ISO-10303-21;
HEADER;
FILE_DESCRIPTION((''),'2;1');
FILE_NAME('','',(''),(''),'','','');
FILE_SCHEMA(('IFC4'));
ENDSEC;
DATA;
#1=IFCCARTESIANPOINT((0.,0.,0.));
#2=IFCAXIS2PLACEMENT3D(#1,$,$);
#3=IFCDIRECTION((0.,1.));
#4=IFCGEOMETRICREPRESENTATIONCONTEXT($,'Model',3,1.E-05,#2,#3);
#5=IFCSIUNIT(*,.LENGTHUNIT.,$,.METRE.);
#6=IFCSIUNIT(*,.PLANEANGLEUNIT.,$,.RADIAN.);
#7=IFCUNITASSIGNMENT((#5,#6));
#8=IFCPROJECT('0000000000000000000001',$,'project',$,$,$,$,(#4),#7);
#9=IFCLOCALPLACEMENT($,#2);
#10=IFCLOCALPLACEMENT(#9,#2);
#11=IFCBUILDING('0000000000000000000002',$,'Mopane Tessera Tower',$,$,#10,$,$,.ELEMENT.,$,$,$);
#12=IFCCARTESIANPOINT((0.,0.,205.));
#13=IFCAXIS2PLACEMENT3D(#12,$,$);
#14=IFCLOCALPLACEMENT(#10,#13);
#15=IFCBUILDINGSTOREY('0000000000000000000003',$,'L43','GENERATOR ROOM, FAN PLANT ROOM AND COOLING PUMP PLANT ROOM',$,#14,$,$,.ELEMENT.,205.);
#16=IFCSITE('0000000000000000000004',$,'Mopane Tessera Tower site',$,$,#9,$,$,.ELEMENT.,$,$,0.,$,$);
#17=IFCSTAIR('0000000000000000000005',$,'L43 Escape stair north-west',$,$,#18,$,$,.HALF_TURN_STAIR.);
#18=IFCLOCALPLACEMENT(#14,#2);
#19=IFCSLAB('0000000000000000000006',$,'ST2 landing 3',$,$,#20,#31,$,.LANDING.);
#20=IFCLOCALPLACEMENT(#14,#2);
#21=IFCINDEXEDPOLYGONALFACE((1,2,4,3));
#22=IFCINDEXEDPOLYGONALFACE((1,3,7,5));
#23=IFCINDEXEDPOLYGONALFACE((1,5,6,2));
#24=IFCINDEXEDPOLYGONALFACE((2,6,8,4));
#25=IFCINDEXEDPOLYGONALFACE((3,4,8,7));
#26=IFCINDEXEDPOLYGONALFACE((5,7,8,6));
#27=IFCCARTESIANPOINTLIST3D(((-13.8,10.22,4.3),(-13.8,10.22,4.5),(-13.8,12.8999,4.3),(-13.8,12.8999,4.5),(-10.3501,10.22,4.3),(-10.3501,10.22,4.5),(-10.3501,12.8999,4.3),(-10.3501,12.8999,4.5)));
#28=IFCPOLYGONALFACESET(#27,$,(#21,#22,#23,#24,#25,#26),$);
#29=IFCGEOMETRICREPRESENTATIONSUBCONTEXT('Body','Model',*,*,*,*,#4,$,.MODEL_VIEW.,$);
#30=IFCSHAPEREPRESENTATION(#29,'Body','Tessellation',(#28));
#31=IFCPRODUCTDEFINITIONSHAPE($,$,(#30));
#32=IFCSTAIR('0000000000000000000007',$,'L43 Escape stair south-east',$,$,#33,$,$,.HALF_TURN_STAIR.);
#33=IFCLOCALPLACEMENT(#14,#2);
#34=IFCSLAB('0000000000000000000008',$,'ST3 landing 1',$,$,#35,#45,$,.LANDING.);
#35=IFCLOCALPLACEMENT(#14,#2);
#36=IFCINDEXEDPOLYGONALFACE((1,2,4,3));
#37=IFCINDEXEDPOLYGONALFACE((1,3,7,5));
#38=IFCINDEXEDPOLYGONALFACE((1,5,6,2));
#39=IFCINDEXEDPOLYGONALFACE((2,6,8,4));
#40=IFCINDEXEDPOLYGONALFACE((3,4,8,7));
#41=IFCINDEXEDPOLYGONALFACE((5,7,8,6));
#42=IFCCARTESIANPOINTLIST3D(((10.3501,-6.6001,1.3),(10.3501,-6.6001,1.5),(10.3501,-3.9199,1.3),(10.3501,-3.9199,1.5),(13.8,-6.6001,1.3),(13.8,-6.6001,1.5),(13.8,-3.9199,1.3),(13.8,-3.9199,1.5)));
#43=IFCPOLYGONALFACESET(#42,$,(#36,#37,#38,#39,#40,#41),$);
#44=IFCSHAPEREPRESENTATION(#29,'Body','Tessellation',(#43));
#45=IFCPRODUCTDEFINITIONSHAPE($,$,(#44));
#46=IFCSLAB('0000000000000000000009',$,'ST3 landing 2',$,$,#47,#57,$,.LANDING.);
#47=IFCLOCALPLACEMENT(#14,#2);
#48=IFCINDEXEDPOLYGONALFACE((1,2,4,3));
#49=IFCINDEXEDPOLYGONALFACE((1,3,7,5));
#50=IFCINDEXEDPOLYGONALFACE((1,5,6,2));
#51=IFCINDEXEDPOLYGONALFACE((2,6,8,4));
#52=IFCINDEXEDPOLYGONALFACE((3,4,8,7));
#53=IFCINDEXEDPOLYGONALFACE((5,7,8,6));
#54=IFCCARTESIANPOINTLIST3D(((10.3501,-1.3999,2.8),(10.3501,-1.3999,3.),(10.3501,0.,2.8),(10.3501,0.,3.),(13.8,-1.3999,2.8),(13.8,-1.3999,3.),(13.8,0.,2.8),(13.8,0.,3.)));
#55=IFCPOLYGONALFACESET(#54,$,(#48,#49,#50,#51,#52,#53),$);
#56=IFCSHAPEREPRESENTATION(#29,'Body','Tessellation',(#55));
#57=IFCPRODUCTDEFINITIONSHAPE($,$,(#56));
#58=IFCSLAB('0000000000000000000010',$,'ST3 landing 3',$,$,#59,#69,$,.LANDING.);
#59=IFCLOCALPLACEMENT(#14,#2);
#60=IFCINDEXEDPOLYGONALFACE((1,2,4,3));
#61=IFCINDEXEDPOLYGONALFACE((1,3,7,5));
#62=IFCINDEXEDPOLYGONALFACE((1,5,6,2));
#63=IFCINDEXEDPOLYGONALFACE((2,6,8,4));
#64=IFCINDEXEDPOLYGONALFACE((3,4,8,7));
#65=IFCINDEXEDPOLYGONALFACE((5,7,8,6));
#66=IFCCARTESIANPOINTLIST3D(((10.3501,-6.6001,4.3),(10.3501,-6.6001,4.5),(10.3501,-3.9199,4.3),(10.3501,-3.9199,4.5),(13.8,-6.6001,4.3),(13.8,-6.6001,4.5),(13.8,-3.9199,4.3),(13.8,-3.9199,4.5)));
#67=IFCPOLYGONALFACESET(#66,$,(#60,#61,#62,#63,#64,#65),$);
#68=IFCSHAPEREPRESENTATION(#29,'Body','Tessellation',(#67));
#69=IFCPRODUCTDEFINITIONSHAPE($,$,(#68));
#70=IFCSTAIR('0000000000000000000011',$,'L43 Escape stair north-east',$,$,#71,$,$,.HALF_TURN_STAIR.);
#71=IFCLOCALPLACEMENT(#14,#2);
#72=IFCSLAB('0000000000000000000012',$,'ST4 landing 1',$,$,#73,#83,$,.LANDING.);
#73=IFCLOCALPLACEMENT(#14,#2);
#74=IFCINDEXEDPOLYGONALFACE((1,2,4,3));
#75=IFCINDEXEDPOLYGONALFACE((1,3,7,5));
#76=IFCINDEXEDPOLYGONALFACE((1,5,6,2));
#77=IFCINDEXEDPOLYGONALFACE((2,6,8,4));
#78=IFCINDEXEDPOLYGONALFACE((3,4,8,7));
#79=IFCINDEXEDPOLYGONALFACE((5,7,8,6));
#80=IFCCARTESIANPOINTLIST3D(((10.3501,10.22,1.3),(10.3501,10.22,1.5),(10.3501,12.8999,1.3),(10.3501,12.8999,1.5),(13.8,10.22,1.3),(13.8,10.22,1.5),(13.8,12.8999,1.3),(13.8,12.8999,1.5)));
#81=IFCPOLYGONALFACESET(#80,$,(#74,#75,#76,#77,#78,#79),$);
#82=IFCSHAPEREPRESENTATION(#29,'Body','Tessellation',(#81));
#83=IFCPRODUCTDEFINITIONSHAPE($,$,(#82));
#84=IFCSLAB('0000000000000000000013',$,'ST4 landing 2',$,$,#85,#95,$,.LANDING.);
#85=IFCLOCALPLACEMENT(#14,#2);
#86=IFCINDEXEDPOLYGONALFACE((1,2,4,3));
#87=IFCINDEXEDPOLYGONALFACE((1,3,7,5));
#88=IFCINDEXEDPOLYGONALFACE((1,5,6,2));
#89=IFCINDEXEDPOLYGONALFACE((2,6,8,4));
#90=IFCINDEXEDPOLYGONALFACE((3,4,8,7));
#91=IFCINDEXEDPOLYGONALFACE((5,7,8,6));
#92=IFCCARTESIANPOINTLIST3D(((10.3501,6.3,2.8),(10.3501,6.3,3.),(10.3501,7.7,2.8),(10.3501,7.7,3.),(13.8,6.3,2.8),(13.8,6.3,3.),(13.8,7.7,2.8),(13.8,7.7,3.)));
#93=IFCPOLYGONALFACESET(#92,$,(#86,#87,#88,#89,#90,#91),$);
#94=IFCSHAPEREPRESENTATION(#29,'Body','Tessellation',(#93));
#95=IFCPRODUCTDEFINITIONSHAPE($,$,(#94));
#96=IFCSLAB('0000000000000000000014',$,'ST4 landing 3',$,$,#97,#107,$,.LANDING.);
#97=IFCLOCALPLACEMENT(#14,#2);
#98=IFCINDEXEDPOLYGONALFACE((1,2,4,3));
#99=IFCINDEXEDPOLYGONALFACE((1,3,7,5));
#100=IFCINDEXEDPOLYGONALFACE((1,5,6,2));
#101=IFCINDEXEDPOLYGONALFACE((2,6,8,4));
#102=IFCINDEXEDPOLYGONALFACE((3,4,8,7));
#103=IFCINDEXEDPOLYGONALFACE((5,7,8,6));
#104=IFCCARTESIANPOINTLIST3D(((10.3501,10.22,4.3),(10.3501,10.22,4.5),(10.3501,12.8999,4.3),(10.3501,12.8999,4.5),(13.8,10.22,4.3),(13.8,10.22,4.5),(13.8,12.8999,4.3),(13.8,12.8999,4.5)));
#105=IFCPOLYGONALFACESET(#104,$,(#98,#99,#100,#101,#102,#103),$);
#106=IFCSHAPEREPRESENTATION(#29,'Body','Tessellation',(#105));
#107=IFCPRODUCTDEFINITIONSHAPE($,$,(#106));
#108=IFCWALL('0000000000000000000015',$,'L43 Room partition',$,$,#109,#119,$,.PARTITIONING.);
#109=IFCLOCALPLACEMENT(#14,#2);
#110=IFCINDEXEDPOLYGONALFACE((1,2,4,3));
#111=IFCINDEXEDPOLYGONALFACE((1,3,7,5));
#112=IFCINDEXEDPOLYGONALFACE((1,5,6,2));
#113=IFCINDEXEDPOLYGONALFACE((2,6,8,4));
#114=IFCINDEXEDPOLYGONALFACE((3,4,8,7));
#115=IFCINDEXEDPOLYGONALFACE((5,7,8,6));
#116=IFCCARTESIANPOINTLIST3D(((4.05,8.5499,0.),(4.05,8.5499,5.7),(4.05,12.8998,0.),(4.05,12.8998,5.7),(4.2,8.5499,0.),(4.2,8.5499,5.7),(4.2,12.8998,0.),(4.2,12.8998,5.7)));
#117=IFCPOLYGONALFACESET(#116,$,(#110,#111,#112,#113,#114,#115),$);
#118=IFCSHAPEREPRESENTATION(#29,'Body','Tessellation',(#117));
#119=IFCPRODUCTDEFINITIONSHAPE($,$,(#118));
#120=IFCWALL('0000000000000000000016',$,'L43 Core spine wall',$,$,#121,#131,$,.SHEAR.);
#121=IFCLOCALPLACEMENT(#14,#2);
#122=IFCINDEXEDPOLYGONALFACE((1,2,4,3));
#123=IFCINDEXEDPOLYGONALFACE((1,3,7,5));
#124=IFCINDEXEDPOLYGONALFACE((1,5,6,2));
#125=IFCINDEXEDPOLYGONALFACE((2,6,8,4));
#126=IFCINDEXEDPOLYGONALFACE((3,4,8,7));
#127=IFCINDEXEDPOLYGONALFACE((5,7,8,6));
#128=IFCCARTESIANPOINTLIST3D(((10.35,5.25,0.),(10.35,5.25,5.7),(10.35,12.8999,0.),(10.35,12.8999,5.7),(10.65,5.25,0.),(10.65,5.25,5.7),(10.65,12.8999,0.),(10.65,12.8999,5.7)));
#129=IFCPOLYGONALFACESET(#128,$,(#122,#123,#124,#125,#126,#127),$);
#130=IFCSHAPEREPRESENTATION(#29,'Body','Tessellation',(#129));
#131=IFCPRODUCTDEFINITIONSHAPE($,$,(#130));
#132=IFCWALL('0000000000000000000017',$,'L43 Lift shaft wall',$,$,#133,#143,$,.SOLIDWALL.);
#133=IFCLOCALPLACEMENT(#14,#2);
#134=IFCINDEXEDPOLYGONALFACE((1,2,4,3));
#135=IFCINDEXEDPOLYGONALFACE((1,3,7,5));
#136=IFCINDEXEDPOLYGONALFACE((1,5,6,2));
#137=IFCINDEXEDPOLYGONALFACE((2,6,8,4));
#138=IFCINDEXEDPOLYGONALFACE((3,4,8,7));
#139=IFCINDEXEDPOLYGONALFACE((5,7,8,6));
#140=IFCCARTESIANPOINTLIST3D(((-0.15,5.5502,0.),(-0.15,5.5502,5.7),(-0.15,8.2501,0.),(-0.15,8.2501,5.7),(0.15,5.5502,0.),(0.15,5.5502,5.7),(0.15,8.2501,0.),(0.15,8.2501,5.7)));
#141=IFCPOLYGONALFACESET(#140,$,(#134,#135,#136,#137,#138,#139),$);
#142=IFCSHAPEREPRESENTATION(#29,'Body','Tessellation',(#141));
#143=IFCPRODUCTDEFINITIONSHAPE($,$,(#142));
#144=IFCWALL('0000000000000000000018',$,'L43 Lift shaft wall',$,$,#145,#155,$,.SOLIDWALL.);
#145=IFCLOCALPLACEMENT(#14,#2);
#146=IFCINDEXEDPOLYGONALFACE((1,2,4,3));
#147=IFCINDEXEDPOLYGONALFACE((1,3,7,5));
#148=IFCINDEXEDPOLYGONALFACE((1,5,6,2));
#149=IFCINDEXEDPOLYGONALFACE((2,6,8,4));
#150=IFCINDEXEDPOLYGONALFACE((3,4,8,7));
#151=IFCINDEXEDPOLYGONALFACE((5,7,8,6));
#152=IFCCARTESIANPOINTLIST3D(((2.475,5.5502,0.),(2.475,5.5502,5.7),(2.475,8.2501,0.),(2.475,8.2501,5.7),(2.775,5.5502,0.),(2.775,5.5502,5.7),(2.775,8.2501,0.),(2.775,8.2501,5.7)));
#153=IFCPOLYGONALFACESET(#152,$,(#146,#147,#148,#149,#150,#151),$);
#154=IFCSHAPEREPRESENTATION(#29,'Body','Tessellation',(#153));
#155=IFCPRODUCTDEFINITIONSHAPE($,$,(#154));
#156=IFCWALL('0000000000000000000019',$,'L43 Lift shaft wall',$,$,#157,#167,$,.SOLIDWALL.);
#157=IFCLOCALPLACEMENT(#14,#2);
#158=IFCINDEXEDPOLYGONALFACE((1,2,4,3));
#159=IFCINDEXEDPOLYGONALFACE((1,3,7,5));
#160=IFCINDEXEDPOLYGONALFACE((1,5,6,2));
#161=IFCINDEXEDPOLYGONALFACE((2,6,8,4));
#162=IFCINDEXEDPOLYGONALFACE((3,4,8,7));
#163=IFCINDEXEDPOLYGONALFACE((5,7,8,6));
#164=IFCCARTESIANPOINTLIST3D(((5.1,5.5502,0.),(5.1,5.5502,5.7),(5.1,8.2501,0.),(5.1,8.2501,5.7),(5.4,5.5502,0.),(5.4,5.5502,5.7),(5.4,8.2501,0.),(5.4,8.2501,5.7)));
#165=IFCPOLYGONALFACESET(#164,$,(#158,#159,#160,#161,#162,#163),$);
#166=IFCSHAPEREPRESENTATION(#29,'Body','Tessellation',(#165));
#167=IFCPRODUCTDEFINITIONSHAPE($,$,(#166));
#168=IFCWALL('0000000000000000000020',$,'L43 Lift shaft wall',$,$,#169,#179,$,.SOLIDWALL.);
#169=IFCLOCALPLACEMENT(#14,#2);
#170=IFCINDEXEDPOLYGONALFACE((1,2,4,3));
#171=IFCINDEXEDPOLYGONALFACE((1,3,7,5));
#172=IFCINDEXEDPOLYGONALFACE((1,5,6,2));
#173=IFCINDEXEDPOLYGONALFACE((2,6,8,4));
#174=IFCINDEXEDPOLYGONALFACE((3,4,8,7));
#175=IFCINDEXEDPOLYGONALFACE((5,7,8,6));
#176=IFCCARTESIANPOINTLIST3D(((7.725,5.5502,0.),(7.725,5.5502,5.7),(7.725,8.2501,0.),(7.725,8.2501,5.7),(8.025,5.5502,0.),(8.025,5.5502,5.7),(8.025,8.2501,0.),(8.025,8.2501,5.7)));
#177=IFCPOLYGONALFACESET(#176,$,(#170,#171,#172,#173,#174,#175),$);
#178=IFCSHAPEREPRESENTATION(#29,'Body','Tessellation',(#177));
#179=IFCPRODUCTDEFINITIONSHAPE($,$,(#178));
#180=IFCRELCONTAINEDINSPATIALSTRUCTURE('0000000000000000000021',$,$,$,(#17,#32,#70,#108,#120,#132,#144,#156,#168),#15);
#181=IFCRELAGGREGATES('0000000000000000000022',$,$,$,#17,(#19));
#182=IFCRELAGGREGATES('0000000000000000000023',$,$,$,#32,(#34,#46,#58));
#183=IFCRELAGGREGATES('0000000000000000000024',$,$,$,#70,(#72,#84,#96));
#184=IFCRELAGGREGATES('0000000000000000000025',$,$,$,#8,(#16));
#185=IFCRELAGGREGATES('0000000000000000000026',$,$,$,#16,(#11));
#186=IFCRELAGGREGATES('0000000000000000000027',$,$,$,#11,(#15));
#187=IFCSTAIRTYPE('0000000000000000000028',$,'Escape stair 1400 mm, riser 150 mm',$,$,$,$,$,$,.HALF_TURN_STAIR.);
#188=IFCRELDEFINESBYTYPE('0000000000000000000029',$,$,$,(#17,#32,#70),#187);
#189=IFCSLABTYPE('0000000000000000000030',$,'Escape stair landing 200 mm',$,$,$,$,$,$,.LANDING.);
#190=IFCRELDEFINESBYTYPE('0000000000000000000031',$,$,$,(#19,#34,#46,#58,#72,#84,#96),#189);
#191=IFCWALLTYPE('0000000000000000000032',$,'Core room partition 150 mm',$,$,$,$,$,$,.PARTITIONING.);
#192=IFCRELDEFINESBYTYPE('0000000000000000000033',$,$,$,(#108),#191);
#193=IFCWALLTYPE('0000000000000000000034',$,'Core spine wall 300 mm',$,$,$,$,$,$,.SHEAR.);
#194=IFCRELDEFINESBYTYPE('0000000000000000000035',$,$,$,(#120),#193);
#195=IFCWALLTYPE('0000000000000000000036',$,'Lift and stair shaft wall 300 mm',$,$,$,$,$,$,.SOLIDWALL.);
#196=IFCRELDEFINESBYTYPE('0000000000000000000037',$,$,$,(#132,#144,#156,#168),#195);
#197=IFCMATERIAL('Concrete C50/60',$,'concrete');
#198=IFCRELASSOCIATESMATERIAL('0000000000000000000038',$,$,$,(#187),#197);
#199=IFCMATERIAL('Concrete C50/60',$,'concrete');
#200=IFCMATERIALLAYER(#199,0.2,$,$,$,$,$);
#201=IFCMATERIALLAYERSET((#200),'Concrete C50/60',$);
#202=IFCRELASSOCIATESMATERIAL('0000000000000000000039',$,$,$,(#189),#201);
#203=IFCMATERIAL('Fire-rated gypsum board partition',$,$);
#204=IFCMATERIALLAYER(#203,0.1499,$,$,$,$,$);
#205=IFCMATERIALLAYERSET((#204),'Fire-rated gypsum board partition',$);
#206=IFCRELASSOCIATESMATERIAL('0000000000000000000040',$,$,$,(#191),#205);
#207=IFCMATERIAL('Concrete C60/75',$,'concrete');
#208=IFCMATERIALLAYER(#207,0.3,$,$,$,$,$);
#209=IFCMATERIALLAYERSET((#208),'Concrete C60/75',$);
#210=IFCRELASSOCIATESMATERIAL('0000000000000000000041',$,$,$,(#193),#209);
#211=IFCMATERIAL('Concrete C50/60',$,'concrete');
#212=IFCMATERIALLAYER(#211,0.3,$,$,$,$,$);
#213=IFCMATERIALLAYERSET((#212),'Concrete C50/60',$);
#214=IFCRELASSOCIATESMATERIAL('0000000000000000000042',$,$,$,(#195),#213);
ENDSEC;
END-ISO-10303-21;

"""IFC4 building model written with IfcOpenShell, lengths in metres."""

from ifc_helpers import new_model, si_unit, direction, frame, frame_2d, origin, place, context, subcontext, project, spatial, polyline, rectangle, outline, extrude, material, layer, layer_set, type_object, element, aggregate, save


model = new_model("IFC4")

# Units and contexts
model_context = context("Model", 3, precision=1e-05, world=origin(), true_north=direction((0.0, 1.0)))
body_context = subcontext(model_context, "Body", "Model", "MODEL_VIEW")
ifc_project = project(units=[si_unit("LENGTHUNIT", "METRE"), si_unit("PLANEANGLEUNIT", "RADIAN")], contexts=[model_context])

# Site, building, storey
site_placement = place(None, origin())
site = spatial("IfcSite", under=ifc_project, at=site_placement, Name="Mopane Tessera Tower site", CompositionType="ELEMENT", RefElevation=0.0)
building_placement = place(site_placement, origin())
building = spatial("IfcBuilding", under=site, at=building_placement, Name="Mopane Tessera Tower", CompositionType="ELEMENT")
storey_placement = place(building_placement, frame((0.0, 0.0, 205.0)))
storey = spatial("IfcBuildingStorey", under=building, at=storey_placement, Name="L43", Description="GENERATOR ROOM, FAN PLANT ROOM AND COOLING PUMP PLANT ROOM", CompositionType="ELEMENT", Elevation=205.0)

# Stairs, slabs
ifc_material_1 = material(Name="Concrete C50/60", Category="concrete")
stair_type = type_object("IfcStairType", Name="Escape stair 1400 mm, riser 150 mm", PredefinedType="HALF_TURN_STAIR", material=ifc_material_1)
ifc_material_2 = material(Name="Concrete C50/60", Category="concrete")
ifc_layer_1 = layer(ifc_material_2, 0.2)
ifc_layer_set_1 = layer_set([ifc_layer_1], Name="Concrete C50/60")
slab_type_1 = type_object("IfcSlabType", Name="Escape stair landing 200 mm", PredefinedType="LANDING", material=ifc_layer_set_1)
stair_1_placement = place(storey_placement, origin())
stair_1 = element("IfcStair", 1, at=stair_1_placement, inside=storey, type_object=stair_type, Name="L43 Escape stair north-west", PredefinedType="HALF_TURN_STAIR")
slab_1_placement = place(storey_placement, frame((0.0, 0.0, 4.3)))
slab_1 = element("IfcSlab", 2, at=slab_1_placement, type_object=slab_type_1, Name="ST2 landing 3", PredefinedType="LANDING", context=body_context, shape_type="SweptSolid", body=[
    extrude(outline(polyline([(-10.3501, 10.22), (-10.3501, 12.8999), (-13.8, 12.8999), (-13.8, 10.22), (-10.3501, 10.22)])), origin(), (0.0, 0.0, 1.0), 0.2),
])
aggregate(stair_1, [slab_1])
stair_2_placement = place(storey_placement, origin())
stair_2 = element("IfcStair", 3, at=stair_2_placement, inside=storey, type_object=stair_type, Name="L43 Escape stair south-east", PredefinedType="HALF_TURN_STAIR")
slab_2_placement = place(storey_placement, frame((0.0, 0.0, 1.3)))
slab_2 = element("IfcSlab", 4, at=slab_2_placement, type_object=slab_type_1, Name="ST3 landing 1", PredefinedType="LANDING", context=body_context, shape_type="SweptSolid", body=[
    extrude(outline(polyline([(10.3501, -3.9199), (10.3501, -6.6001), (13.8, -6.6001), (13.8, -3.9199), (10.3501, -3.9199)])), origin(), (0.0, 0.0, 1.0), 0.2),
])
slab_3_placement = place(storey_placement, frame((0.0, 0.0, 2.8)))
slab_3 = element("IfcSlab", 5, at=slab_3_placement, type_object=slab_type_1, Name="ST3 landing 2", PredefinedType="LANDING", context=body_context, shape_type="SweptSolid", body=[
    extrude(outline(polyline([(10.3501, 0.0), (10.3501, -1.3999), (13.8, -1.3999), (13.8, 0.0), (10.3501, 0.0)])), origin(), (0.0, 0.0, 1.0), 0.2),
])
slab_4_placement = place(storey_placement, frame((0.0, 0.0, 4.3)))
slab_4 = element("IfcSlab", 6, at=slab_4_placement, type_object=slab_type_1, Name="ST3 landing 3", PredefinedType="LANDING", context=body_context, shape_type="SweptSolid", body=[
    extrude(outline(polyline([(10.3501, -3.9199), (10.3501, -6.6001), (13.8, -6.6001), (13.8, -3.9199), (10.3501, -3.9199)])), origin(), (0.0, 0.0, 1.0), 0.2),
])
aggregate(stair_2, [slab_2, slab_3, slab_4])
stair_3_placement = place(storey_placement, origin())
stair_3 = element("IfcStair", 7, at=stair_3_placement, inside=storey, type_object=stair_type, Name="L43 Escape stair north-east", PredefinedType="HALF_TURN_STAIR")
slab_5_placement = place(storey_placement, frame((0.0, 0.0, 1.3)))
slab_5 = element("IfcSlab", 8, at=slab_5_placement, type_object=slab_type_1, Name="ST4 landing 1", PredefinedType="LANDING", context=body_context, shape_type="SweptSolid", body=[
    extrude(outline(polyline([(13.8, 10.22), (13.8, 12.8999), (10.3501, 12.8999), (10.3501, 10.22), (13.8, 10.22)])), origin(), (0.0, 0.0, 1.0), 0.2),
])
slab_6_placement = place(storey_placement, frame((0.0, 0.0, 2.8)))
slab_6 = element("IfcSlab", 9, at=slab_6_placement, type_object=slab_type_1, Name="ST4 landing 2", PredefinedType="LANDING", context=body_context, shape_type="SweptSolid", body=[
    extrude(outline(polyline([(13.8, 6.3), (13.8, 7.7), (10.3501, 7.7), (10.3501, 6.3), (13.8, 6.3)])), origin(), (0.0, 0.0, 1.0), 0.2),
])
slab_7_placement = place(storey_placement, frame((0.0, 0.0, 4.3)))
slab_7 = element("IfcSlab", 10, at=slab_7_placement, type_object=slab_type_1, Name="ST4 landing 3", PredefinedType="LANDING", context=body_context, shape_type="SweptSolid", body=[
    extrude(outline(polyline([(13.8, 10.22), (13.8, 12.8999), (10.3501, 12.8999), (10.3501, 10.22), (13.8, 10.22)])), origin(), (0.0, 0.0, 1.0), 0.2),
])
aggregate(stair_3, [slab_5, slab_6, slab_7])

# Walls
ifc_material_3 = material(Name="Fire-rated gypsum board partition")
ifc_layer_2 = layer(ifc_material_3, 0.1499)
ifc_layer_set_2 = layer_set([ifc_layer_2], Name="Fire-rated gypsum board partition")
wall_type_1 = type_object("IfcWallType", Name="Core room partition 150 mm", PredefinedType="PARTITIONING", material=ifc_layer_set_2)
wall_1_placement = place(storey_placement, frame((4.125, 8.55, 0.0), z_axis=(0.0, 0.0, 1.0), x_axis=(0.0, 1.0, 0.0)))
element("IfcWall", 11, at=wall_1_placement, inside=storey, type_object=wall_type_1, Name="L43 Room partition", PredefinedType="PARTITIONING", context=body_context, shape_type="SweptSolid", body=[
    extrude(rectangle(XDim=4.3499, YDim=0.1499, at=frame_2d((2.1748, 0.0))), origin(), (0.0, 0.0, 1.0), 5.7),
])
ifc_material_4 = material(Name="Concrete C60/75", Category="concrete")
ifc_layer_3 = layer(ifc_material_4, 0.3)
ifc_layer_set_3 = layer_set([ifc_layer_3], Name="Concrete C60/75")
wall_type_2 = type_object("IfcWallType", Name="Core spine wall 300 mm", PredefinedType="SHEAR", material=ifc_layer_set_3)
wall_2_placement = place(storey_placement, frame((10.5, 5.25, 0.0), z_axis=(0.0, 0.0, 1.0), x_axis=(0.0, 1.0, 0.0)))
element("IfcWall", 12, at=wall_2_placement, inside=storey, type_object=wall_type_2, Name="L43 Core spine wall", PredefinedType="SHEAR", context=body_context, shape_type="SweptSolid", body=[
    extrude(rectangle(XDim=7.6499, YDim=0.3, at=frame_2d((3.825, 0.0))), origin(), (0.0, 0.0, 1.0), 5.7),
])
ifc_material_5 = material(Name="Concrete C50/60", Category="concrete")
ifc_layer_4 = layer(ifc_material_5, 0.3)
ifc_layer_set_4 = layer_set([ifc_layer_4], Name="Concrete C50/60")
wall_type_3 = type_object("IfcWallType", Name="Lift and stair shaft wall 300 mm", PredefinedType="SOLIDWALL", material=ifc_layer_set_4)
for number, where, z_axis, x_axis, name in (
    (13, (0.0, 5.55, 0.0), (0.0, 0.0, 1.0), (0.0, 1.0, 0.0), "L43 Lift shaft wall"),
    (14, (2.625, 5.55, 0.0), (0.0, 0.0, 1.0), (0.0, 1.0, 0.0), "L43 Lift shaft wall"),
    (15, (5.25, 5.55, 0.0), (0.0, 0.0, 1.0), (0.0, 1.0, 0.0), "L43 Lift shaft wall"),
    (16, (7.875, 5.55, 0.0), (0.0, 0.0, 1.0), (0.0, 1.0, 0.0), "L43 Lift shaft wall"),
):
    element("IfcWall", number, at=place(storey_placement, frame(where, z_axis=z_axis, x_axis=x_axis)), inside=storey, type_object=wall_type_3, Name=name, PredefinedType="SOLIDWALL", context=body_context, shape_type="SweptSolid", body=[
        extrude(rectangle(XDim=2.7, YDim=0.3, at=frame_2d((1.3501, 0.0))), origin(), (0.0, 0.0, 1.0), 5.7),
    ])

save(model, "model.ifc")
